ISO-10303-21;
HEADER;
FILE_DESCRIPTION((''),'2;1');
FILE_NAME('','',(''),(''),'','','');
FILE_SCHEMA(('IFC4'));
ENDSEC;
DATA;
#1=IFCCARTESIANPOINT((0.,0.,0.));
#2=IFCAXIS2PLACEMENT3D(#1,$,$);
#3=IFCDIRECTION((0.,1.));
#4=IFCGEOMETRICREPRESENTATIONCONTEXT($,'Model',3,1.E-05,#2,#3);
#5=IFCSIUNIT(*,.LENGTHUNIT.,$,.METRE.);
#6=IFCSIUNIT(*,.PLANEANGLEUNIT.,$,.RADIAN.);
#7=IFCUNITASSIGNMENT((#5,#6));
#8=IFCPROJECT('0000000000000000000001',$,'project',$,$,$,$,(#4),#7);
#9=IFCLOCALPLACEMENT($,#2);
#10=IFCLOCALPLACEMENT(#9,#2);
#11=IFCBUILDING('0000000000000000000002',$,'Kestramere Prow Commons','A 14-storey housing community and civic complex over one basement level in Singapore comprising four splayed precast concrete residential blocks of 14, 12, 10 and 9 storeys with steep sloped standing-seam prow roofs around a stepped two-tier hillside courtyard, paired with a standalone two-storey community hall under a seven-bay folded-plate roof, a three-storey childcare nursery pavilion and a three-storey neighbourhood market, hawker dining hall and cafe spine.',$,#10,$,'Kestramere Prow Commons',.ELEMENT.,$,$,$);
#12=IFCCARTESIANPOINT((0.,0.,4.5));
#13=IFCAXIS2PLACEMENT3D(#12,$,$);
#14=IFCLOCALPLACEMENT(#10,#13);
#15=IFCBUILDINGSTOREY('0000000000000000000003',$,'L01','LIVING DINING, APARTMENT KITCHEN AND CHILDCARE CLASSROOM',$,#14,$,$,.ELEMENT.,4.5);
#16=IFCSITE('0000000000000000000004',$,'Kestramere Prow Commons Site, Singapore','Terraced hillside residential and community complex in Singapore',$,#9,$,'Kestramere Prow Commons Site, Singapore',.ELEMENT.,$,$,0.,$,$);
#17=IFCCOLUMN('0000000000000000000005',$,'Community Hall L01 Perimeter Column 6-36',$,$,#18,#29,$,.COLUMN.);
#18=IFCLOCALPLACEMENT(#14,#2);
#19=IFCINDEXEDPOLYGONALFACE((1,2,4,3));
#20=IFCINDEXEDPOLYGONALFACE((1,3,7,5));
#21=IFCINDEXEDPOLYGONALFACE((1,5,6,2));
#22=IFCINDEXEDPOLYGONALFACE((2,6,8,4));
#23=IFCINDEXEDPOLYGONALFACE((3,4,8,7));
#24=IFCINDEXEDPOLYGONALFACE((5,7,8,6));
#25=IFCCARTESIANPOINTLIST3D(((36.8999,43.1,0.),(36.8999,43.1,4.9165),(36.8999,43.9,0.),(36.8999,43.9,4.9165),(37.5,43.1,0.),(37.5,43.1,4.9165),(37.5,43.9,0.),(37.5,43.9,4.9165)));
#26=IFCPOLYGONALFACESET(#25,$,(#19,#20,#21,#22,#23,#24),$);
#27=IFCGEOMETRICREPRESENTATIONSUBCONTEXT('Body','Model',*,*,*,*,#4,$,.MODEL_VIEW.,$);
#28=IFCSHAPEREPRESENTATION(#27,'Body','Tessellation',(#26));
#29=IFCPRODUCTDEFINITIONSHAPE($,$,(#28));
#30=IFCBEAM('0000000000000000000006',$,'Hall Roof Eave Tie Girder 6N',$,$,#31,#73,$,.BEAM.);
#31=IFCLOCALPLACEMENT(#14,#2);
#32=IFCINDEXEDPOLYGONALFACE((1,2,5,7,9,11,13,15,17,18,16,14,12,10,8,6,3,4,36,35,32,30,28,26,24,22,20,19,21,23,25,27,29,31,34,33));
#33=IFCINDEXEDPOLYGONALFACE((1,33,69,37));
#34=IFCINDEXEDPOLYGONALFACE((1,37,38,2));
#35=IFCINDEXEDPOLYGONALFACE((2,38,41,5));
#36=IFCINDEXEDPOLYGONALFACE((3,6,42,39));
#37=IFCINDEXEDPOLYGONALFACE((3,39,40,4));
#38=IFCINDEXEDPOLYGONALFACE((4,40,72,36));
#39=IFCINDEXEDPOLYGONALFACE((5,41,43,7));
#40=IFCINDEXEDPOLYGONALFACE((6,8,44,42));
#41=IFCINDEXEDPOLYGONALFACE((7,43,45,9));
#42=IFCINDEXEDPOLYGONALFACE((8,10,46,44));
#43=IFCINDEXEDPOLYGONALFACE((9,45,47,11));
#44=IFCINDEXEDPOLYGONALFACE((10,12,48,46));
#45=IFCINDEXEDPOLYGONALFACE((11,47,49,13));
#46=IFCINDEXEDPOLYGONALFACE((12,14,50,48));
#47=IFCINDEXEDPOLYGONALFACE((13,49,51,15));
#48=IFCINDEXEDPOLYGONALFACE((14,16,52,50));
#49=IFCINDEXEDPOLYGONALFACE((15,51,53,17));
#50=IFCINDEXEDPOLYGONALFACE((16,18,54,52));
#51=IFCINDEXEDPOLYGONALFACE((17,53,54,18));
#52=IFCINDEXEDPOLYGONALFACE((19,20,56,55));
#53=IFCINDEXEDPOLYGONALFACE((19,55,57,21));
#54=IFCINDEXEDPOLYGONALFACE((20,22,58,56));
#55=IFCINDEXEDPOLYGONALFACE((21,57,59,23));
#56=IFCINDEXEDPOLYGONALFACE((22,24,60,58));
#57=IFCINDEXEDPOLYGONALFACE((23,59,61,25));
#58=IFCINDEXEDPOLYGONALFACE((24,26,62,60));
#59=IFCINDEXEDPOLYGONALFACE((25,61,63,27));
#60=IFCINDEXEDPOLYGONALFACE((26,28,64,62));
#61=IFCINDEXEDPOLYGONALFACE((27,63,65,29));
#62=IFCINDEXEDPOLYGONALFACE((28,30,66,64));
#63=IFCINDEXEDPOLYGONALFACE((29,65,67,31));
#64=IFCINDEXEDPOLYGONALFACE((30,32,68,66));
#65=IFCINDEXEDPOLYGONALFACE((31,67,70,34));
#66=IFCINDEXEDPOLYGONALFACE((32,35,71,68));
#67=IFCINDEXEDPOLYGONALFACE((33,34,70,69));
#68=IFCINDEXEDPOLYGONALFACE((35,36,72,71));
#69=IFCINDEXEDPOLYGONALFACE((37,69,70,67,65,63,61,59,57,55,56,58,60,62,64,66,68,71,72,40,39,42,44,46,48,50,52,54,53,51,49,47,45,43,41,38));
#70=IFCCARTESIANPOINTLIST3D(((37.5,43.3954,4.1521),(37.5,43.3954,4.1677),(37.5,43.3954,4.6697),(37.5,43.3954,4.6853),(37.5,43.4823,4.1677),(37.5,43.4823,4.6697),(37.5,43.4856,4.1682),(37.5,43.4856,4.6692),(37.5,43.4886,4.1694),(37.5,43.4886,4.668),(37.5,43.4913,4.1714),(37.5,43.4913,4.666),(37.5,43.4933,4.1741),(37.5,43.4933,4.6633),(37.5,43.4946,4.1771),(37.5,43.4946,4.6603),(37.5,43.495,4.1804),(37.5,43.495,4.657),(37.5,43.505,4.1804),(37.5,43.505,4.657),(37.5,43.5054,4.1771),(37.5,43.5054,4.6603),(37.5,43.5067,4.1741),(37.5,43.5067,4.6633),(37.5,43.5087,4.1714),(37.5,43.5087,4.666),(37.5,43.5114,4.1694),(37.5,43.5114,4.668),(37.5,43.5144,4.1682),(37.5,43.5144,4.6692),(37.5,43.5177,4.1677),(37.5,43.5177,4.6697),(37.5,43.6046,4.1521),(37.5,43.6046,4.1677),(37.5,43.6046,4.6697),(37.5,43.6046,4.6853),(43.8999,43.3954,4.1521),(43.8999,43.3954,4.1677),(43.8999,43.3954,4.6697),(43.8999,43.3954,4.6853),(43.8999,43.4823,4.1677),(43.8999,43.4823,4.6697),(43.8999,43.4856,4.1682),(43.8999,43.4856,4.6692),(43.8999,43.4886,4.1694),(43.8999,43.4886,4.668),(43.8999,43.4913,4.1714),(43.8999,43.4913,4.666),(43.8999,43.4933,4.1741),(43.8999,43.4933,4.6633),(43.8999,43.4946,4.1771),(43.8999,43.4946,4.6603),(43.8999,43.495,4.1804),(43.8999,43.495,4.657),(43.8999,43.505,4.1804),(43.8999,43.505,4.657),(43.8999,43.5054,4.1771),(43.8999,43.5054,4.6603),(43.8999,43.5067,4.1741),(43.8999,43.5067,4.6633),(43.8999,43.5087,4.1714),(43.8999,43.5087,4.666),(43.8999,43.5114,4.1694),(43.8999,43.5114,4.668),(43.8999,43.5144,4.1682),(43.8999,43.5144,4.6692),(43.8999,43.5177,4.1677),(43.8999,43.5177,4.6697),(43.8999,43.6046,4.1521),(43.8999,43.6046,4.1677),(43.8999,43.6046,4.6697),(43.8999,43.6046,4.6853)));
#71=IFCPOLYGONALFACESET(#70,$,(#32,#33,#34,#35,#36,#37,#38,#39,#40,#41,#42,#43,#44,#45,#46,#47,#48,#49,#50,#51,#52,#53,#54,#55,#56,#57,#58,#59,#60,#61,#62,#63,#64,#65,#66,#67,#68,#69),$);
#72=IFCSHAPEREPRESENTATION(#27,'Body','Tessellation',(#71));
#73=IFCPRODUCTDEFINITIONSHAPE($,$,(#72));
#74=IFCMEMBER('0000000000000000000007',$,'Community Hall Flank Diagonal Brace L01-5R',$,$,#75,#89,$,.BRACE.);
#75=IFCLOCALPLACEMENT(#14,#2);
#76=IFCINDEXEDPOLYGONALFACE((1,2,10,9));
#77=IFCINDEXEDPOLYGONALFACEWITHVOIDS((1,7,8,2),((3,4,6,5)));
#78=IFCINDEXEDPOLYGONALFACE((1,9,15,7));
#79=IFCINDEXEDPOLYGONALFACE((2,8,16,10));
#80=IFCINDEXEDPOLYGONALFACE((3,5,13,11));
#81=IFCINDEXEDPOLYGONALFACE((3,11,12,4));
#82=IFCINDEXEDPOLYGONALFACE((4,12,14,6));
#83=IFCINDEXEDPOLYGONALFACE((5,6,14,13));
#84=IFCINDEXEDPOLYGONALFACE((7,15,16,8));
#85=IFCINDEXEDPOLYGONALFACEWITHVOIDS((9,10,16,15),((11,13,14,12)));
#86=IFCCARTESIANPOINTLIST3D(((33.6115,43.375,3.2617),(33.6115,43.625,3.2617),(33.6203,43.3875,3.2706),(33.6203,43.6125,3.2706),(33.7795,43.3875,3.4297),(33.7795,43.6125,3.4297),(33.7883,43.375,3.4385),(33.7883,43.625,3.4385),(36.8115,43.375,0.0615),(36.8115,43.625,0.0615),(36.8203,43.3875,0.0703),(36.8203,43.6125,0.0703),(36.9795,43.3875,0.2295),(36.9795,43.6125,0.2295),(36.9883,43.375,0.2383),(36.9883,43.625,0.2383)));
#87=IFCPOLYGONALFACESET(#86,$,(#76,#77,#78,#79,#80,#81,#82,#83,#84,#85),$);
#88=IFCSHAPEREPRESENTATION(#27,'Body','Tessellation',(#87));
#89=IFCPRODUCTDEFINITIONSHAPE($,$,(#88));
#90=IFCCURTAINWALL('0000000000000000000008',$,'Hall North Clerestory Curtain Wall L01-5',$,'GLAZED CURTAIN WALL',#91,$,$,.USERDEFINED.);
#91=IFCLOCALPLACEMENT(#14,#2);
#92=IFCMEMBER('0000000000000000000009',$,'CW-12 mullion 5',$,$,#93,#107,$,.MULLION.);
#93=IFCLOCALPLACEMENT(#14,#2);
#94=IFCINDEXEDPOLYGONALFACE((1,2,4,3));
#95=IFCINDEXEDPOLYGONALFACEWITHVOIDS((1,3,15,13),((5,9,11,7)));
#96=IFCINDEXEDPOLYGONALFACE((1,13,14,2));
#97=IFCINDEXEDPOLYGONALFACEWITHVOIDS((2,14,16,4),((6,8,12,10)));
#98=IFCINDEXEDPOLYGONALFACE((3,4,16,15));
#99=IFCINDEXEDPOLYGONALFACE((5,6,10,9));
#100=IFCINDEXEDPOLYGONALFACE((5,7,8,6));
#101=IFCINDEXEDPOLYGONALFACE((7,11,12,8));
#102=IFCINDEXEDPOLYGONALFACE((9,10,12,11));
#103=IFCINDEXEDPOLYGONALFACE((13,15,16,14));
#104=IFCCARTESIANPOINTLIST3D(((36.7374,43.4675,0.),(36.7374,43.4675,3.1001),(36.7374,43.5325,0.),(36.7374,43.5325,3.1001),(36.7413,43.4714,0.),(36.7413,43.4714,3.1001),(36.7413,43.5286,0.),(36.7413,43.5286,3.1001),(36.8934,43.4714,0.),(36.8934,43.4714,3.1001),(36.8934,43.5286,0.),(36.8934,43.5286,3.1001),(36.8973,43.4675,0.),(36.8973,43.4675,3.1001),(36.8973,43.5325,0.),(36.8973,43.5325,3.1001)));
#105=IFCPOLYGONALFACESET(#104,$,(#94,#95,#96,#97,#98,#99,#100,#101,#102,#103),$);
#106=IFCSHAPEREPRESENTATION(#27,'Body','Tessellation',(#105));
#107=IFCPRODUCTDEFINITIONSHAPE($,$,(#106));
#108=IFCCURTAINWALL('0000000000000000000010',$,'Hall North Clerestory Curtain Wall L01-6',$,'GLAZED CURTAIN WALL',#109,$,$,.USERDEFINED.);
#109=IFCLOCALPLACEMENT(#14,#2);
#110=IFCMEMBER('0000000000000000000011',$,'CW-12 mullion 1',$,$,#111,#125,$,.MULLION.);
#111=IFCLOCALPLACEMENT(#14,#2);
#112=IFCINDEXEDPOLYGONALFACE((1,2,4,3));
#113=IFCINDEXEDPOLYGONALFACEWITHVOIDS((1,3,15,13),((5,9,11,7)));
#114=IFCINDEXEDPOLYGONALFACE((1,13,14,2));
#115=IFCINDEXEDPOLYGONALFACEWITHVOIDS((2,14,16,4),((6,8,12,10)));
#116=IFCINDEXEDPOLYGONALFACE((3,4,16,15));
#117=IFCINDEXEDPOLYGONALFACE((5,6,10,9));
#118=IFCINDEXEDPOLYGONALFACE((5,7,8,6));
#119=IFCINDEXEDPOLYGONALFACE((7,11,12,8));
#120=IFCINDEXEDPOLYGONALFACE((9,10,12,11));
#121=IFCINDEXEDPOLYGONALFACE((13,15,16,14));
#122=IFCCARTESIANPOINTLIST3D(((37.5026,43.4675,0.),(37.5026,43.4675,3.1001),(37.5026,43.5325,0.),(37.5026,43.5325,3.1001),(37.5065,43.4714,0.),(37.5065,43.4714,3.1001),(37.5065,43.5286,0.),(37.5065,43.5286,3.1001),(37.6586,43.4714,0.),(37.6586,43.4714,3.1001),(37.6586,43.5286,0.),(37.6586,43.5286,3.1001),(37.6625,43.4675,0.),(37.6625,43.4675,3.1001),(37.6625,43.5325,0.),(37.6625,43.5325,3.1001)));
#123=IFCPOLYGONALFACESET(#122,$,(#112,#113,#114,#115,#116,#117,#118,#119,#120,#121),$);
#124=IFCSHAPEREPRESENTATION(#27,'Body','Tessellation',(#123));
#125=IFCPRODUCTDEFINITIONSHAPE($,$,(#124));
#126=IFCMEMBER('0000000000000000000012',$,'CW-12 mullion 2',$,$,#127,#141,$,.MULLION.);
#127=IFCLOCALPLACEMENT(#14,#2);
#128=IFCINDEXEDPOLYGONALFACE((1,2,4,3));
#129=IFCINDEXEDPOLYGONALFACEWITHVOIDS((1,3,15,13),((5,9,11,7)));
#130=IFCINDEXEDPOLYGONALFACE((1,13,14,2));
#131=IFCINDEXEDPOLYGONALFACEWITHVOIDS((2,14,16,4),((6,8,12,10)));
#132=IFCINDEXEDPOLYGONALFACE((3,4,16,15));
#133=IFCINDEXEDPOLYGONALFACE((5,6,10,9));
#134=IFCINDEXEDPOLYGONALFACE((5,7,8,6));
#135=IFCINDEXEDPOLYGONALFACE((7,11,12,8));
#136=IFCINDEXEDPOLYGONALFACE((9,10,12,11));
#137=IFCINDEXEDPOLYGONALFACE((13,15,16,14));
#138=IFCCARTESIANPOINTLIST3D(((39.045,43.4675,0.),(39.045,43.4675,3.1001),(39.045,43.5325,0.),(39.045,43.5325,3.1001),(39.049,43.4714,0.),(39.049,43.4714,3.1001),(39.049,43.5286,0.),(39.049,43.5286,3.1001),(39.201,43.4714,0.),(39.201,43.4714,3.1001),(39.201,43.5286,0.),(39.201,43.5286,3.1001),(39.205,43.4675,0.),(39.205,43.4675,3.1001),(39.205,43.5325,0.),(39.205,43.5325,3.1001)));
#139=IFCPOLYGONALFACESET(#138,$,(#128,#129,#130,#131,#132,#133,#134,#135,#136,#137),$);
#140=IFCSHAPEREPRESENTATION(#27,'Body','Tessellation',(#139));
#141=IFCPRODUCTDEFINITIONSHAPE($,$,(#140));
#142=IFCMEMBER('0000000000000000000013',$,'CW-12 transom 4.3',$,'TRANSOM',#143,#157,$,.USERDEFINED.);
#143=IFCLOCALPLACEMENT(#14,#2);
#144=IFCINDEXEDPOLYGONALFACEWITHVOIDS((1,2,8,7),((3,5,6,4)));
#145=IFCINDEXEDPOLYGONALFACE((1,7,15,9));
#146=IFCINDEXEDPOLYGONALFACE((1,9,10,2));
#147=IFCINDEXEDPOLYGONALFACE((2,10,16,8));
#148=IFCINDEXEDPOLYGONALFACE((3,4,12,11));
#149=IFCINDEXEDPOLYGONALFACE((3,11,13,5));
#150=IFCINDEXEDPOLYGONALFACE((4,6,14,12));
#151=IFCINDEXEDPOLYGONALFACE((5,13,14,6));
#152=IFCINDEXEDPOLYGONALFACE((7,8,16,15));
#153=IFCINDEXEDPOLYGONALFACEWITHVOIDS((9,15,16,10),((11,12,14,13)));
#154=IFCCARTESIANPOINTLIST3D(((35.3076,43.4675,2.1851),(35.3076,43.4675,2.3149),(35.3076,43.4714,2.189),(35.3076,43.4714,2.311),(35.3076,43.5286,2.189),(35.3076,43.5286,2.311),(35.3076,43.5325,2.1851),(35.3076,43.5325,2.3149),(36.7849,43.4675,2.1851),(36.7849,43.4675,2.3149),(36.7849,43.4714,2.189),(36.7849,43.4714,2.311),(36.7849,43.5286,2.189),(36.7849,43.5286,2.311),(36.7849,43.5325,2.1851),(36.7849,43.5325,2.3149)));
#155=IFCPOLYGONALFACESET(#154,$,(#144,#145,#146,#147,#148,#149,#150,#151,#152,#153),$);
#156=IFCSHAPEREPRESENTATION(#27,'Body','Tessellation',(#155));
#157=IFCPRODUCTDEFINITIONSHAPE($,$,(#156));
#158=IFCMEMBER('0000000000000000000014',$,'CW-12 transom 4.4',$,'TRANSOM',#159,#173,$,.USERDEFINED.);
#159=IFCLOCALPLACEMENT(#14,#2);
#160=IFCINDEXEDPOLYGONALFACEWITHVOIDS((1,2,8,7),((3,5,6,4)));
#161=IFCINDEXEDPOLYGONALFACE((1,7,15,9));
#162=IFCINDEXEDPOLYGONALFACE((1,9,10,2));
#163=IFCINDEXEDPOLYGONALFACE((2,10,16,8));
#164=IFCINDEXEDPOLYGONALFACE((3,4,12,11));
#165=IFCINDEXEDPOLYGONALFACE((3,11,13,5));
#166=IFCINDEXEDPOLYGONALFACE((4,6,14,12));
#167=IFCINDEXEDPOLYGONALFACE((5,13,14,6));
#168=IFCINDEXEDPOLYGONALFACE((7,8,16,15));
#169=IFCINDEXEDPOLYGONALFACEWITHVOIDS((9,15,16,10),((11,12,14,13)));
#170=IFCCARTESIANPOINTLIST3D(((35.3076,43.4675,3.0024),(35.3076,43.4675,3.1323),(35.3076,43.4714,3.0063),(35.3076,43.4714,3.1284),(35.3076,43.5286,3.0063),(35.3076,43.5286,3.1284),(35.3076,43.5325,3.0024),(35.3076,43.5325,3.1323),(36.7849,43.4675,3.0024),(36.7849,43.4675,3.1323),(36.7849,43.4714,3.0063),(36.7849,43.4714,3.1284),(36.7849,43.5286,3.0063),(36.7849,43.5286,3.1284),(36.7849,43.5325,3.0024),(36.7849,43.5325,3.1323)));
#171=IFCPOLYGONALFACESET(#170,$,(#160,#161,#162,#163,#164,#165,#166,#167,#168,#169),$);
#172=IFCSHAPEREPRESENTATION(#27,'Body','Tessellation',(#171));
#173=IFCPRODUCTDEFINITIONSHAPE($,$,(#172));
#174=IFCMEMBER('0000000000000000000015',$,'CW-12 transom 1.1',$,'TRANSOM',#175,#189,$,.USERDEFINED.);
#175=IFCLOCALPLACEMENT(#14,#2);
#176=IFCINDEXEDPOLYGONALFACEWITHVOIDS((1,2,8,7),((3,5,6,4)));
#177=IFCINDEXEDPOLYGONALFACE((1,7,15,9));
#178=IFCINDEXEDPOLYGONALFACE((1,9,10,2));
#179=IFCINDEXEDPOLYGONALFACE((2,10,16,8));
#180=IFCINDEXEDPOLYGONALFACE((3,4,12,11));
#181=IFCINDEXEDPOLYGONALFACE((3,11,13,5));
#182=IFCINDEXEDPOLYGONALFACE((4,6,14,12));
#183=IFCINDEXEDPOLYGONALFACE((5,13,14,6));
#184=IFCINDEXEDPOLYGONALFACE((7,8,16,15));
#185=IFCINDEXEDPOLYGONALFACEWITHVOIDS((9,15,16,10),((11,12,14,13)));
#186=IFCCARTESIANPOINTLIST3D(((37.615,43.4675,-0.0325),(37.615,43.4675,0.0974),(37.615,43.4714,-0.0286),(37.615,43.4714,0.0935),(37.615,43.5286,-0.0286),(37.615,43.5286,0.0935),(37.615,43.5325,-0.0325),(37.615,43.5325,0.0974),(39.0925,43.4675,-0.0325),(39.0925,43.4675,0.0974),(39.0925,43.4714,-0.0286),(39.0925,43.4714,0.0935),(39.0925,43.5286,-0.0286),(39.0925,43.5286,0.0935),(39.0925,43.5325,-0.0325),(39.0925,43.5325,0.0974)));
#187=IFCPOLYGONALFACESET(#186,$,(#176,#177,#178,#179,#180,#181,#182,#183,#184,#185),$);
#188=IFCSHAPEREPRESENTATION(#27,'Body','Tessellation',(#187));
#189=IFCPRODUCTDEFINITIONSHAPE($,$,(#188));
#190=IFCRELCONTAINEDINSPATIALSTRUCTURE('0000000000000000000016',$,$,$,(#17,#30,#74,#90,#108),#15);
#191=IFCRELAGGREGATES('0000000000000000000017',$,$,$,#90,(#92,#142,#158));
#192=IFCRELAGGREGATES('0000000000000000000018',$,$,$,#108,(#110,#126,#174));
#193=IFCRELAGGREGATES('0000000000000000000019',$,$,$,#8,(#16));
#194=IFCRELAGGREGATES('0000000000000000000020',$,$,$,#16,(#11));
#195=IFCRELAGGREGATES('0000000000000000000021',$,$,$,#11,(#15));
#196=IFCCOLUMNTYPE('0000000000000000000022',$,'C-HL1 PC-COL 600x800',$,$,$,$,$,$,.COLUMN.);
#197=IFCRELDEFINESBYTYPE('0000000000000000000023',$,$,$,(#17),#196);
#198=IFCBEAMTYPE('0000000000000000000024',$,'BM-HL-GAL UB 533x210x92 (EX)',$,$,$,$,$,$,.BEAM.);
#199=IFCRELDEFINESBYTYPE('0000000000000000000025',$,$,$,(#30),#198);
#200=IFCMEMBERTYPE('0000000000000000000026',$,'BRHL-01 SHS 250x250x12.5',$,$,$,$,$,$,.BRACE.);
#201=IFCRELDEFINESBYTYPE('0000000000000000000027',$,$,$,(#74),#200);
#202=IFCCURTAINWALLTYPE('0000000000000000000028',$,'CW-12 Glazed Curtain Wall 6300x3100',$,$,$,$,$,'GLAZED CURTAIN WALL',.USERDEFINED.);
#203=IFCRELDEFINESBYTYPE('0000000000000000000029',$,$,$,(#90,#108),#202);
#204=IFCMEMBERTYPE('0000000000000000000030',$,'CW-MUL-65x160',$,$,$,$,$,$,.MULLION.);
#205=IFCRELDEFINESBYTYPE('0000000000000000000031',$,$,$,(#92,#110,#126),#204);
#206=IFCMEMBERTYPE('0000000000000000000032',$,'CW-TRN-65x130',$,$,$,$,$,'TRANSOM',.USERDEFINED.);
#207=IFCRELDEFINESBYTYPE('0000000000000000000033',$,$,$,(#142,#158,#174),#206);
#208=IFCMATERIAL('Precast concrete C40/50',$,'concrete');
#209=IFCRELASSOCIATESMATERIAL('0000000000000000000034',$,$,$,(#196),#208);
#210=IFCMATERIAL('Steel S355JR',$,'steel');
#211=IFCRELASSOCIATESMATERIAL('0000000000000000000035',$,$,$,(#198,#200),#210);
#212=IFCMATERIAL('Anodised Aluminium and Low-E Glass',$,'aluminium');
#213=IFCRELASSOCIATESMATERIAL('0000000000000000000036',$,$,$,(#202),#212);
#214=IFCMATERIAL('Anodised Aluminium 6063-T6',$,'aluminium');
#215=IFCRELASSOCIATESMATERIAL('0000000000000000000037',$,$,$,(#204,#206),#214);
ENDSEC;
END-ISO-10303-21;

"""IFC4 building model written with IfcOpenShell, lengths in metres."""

from ifc_helpers import new_model, si_unit, direction, frame, origin, origin_2d, place, context, subcontext, project, spatial, rectangle, hollow_rectangle, i_section, extrude, material, material_profile, profile_set, type_object, element, aggregate, save


model = new_model("IFC4")

# Units and contexts
model_context = context("Model", 3, precision=1e-05, world=origin(), true_north=direction((0.0, 1.0)))
body_context = subcontext(model_context, "Body", "Model", "MODEL_VIEW")
ifc_project = project(units=[si_unit("LENGTHUNIT", "METRE"), si_unit("PLANEANGLEUNIT", "RADIAN")], contexts=[model_context])

# Site, building, storey
site_placement = place(None, origin())
site = spatial("IfcSite", under=ifc_project, at=site_placement, Name="Kestramere Prow Commons Site, Singapore", Description="Terraced hillside residential and community complex in Singapore", LongName="Kestramere Prow Commons Site, Singapore", CompositionType="ELEMENT", RefElevation=0.0)
building_placement = place(site_placement, origin())
building = spatial("IfcBuilding", under=site, at=building_placement, Name="Kestramere Prow Commons", Description="A 14-storey housing community and civic complex over one basement level in Singapore comprising four splayed precast concrete residential blocks of 14, 12, 10 and 9 storeys with steep sloped standing-seam prow roofs around a stepped two-tier hillside courtyard, paired with a standalone two-storey community hall under a seven-bay folded-plate roof, a three-storey childcare nursery pavilion and a three-storey neighbourhood market, hawker dining hall and cafe spine.", LongName="Kestramere Prow Commons", CompositionType="ELEMENT")
storey_placement = place(building_placement, frame((0.0, 0.0, 4.5)))
storey = spatial("IfcBuildingStorey", under=building, at=storey_placement, Name="L01", Description="LIVING DINING, APARTMENT KITCHEN AND CHILDCARE CLASSROOM", CompositionType="ELEMENT", Elevation=4.5)

# Column
ifc_material_1 = material(Name="Precast concrete C40/50", Category="concrete")
ifc_material_profile_1 = material_profile(ifc_material_1, rectangle(XDim=0.6001, YDim=0.8, at=origin_2d()), Name="PC-COL 600x800")
ifc_profile_set_1 = profile_set([ifc_material_profile_1], Name="Precast concrete C40/50")
column_type = type_object("IfcColumnType", Name="C-HL1 PC-COL 600x800", PredefinedType="COLUMN", material=ifc_profile_set_1)
column_placement = place(storey_placement, frame((37.2, 43.5, 0.0), z_axis=(0.0, 0.0, 1.0), x_axis=(1.0, 0.0, 0.0)))
element("IfcColumn", 1, at=column_placement, inside=storey, type_object=column_type, Name="Community Hall L01 Perimeter Column 6-36", PredefinedType="COLUMN", context=body_context, shape_type="SweptSolid", body=[
    extrude(rectangle(XDim=0.6001, YDim=0.8, at=origin_2d()), origin(), (0.0, 0.0, 1.0), 4.9165),
])

# Beam
ifc_material_2 = material(Name="Steel S355JR", Category="steel")
ifc_material_profile_2 = material_profile(ifc_material_2, i_section(OverallWidth=0.2092, OverallDepth=0.5332, WebThickness=0.01, FlangeThickness=0.0156, FilletRadius=0.0127, at=origin_2d()), Name="UB 533x210x92")
ifc_profile_set_2 = profile_set([ifc_material_profile_2], Name="Steel S355JR")
beam_type = type_object("IfcBeamType", Name="BM-HL-GAL UB 533x210x92 (EX)", PredefinedType="BEAM", material=ifc_profile_set_2)
beam_placement = place(storey_placement, frame((37.5, 43.5, 4.4187), z_axis=(1.0, 0.0, 0.0), x_axis=(0.0, 1.0, 0.0)))
element("IfcBeam", 2, at=beam_placement, inside=storey, type_object=beam_type, Name="Hall Roof Eave Tie Girder 6N", PredefinedType="BEAM", context=body_context, shape_type="SweptSolid", body=[
    extrude(i_section(OverallWidth=0.2092, OverallDepth=0.5332, WebThickness=0.01, FlangeThickness=0.0156, FilletRadius=0.0127, at=origin_2d()), origin(), (0.0, 0.0, 1.0), 6.3999),
])

# Member
ifc_material_profile_3 = material_profile(ifc_material_2, hollow_rectangle(XDim=0.25, YDim=0.25, WallThickness=0.0125, at=origin_2d()), Name="SHS 250x250x12.5")
ifc_profile_set_3 = profile_set([ifc_material_profile_3], Name="Steel S355JR")
member_type_1 = type_object("IfcMemberType", Name="BRHL-01 SHS 250x250x12.5", PredefinedType="BRACE", material=ifc_profile_set_3)
member_1_placement = place(storey_placement, frame((36.8999, 43.5, 0.1499), z_axis=(-0.70708, 0.0, 0.707134), x_axis=(0.0, -1.0, 0.0)))
element("IfcMember", 3, at=member_1_placement, inside=storey, type_object=member_type_1, Name="Community Hall Flank Diagonal Brace L01-5R", PredefinedType="BRACE", context=body_context, shape_type="SweptSolid", body=[
    extrude(hollow_rectangle(XDim=0.25, YDim=0.25, WallThickness=0.0125, at=origin_2d()), origin(), (0.0, 0.0, 1.0), 4.5256),
])

# Curtain wall, member
ifc_material_3 = material(Name="Anodised Aluminium and Low-E Glass", Category="aluminium")
curtain_wall_type = type_object("IfcCurtainWallType", Name="CW-12 Glazed Curtain Wall 6300x3100", ElementType="GLAZED CURTAIN WALL", PredefinedType="USERDEFINED", material=ifc_material_3)
curtain_wall_1_placement = place(storey_placement, origin())
curtain_wall_1 = element("IfcCurtainWall", 4, at=curtain_wall_1_placement, inside=storey, type_object=curtain_wall_type, Name="Hall North Clerestory Curtain Wall L01-5", ObjectType="GLAZED CURTAIN WALL", PredefinedType="USERDEFINED")
ifc_material_4 = material(Name="Anodised Aluminium 6063-T6", Category="aluminium")
ifc_material_profile_4 = material_profile(ifc_material_4, hollow_rectangle(XDim=0.0649, YDim=0.1599, WallThickness=0.0039, at=origin_2d()), Name="ALU-MUL 65x160")
ifc_profile_set_4 = profile_set([ifc_material_profile_4], Name="Anodised Aluminium 6063-T6")
member_type_2 = type_object("IfcMemberType", Name="CW-MUL-65x160", PredefinedType="MULLION", material=ifc_profile_set_4)
member_2_placement = place(storey_placement, frame((36.8174, 43.5, 0.0), z_axis=(0.0, 0.0, 1.0), x_axis=(0.0, 1.0, 0.0)))
member_2 = element("IfcMember", 5, at=member_2_placement, type_object=member_type_2, Name="CW-12 mullion 5", PredefinedType="MULLION", context=body_context, shape_type="SweptSolid", body=[
    extrude(hollow_rectangle(XDim=0.0649, YDim=0.1599, WallThickness=0.0039, at=origin_2d()), origin(), (0.0, 0.0, 1.0), 3.1001),
])

# Curtain wall, members
curtain_wall_2_placement = place(storey_placement, origin())
curtain_wall_2 = element("IfcCurtainWall", 6, at=curtain_wall_2_placement, inside=storey, type_object=curtain_wall_type, Name="Hall North Clerestory Curtain Wall L01-6", ObjectType="GLAZED CURTAIN WALL", PredefinedType="USERDEFINED")
member_3_placement = place(storey_placement, frame((37.5825, 43.5, 0.0), z_axis=(0.0, 0.0, 1.0), x_axis=(0.0, 1.0, 0.0)))
member_3 = element("IfcMember", 7, at=member_3_placement, type_object=member_type_2, Name="CW-12 mullion 1", PredefinedType="MULLION", context=body_context, shape_type="SweptSolid", body=[
    extrude(hollow_rectangle(XDim=0.0649, YDim=0.1599, WallThickness=0.0039, at=origin_2d()), origin(), (0.0, 0.0, 1.0), 3.1001),
])
member_4_placement = place(storey_placement, frame((39.125, 43.5, 0.0), z_axis=(0.0, 0.0, 1.0), x_axis=(0.0, 1.0, 0.0)))
member_4 = element("IfcMember", 8, at=member_4_placement, type_object=member_type_2, Name="CW-12 mullion 2", PredefinedType="MULLION", context=body_context, shape_type="SweptSolid", body=[
    extrude(hollow_rectangle(XDim=0.0649, YDim=0.1599, WallThickness=0.0039, at=origin_2d()), origin(), (0.0, 0.0, 1.0), 3.1001),
])

# Members
ifc_material_profile_5 = material_profile(ifc_material_4, hollow_rectangle(XDim=0.0649, YDim=0.1299, WallThickness=0.0039, at=origin_2d()), Name="ALU-TRN 65x130")
ifc_profile_set_5 = profile_set([ifc_material_profile_5], Name="Anodised Aluminium 6063-T6")
member_type_3 = type_object("IfcMemberType", Name="CW-TRN-65x130", ElementType="TRANSOM", PredefinedType="USERDEFINED", material=ifc_profile_set_5)
member_5_placement = place(storey_placement, frame((35.3076, 43.5, 2.25), z_axis=(1.0, 0.0, 0.0), x_axis=(0.0, 1.0, 0.0)))
member_5 = element("IfcMember", 9, at=member_5_placement, type_object=member_type_3, Name="CW-12 transom 4.3", ObjectType="TRANSOM", PredefinedType="USERDEFINED", context=body_context, shape_type="SweptSolid", body=[
    extrude(hollow_rectangle(XDim=0.0649, YDim=0.1299, WallThickness=0.0039, at=origin_2d()), origin(), (0.0, 0.0, 1.0), 1.4773),
])
member_6_placement = place(storey_placement, frame((35.3076, 43.5, 3.0674), z_axis=(1.0, 0.0, 0.0), x_axis=(0.0, 1.0, 0.0)))
member_6 = element("IfcMember", 10, at=member_6_placement, type_object=member_type_3, Name="CW-12 transom 4.4", ObjectType="TRANSOM", PredefinedType="USERDEFINED", context=body_context, shape_type="SweptSolid", body=[
    extrude(hollow_rectangle(XDim=0.0649, YDim=0.1299, WallThickness=0.0039, at=origin_2d()), origin(), (0.0, 0.0, 1.0), 1.4773),
])
member_7_placement = place(storey_placement, frame((37.615, 43.5, 0.0325), z_axis=(1.0, 0.0, 0.0), x_axis=(0.0, 1.0, 0.0)))
member_7 = element("IfcMember", 11, at=member_7_placement, type_object=member_type_3, Name="CW-12 transom 1.1", ObjectType="TRANSOM", PredefinedType="USERDEFINED", context=body_context, shape_type="SweptSolid", body=[
    extrude(hollow_rectangle(XDim=0.0649, YDim=0.1299, WallThickness=0.0039, at=origin_2d()), origin(), (0.0, 0.0, 1.0), 1.4775),
])

aggregate(curtain_wall_1, [member_2, member_5, member_6])
aggregate(curtain_wall_2, [member_3, member_4, member_7])

save(model, "model.ifc")
